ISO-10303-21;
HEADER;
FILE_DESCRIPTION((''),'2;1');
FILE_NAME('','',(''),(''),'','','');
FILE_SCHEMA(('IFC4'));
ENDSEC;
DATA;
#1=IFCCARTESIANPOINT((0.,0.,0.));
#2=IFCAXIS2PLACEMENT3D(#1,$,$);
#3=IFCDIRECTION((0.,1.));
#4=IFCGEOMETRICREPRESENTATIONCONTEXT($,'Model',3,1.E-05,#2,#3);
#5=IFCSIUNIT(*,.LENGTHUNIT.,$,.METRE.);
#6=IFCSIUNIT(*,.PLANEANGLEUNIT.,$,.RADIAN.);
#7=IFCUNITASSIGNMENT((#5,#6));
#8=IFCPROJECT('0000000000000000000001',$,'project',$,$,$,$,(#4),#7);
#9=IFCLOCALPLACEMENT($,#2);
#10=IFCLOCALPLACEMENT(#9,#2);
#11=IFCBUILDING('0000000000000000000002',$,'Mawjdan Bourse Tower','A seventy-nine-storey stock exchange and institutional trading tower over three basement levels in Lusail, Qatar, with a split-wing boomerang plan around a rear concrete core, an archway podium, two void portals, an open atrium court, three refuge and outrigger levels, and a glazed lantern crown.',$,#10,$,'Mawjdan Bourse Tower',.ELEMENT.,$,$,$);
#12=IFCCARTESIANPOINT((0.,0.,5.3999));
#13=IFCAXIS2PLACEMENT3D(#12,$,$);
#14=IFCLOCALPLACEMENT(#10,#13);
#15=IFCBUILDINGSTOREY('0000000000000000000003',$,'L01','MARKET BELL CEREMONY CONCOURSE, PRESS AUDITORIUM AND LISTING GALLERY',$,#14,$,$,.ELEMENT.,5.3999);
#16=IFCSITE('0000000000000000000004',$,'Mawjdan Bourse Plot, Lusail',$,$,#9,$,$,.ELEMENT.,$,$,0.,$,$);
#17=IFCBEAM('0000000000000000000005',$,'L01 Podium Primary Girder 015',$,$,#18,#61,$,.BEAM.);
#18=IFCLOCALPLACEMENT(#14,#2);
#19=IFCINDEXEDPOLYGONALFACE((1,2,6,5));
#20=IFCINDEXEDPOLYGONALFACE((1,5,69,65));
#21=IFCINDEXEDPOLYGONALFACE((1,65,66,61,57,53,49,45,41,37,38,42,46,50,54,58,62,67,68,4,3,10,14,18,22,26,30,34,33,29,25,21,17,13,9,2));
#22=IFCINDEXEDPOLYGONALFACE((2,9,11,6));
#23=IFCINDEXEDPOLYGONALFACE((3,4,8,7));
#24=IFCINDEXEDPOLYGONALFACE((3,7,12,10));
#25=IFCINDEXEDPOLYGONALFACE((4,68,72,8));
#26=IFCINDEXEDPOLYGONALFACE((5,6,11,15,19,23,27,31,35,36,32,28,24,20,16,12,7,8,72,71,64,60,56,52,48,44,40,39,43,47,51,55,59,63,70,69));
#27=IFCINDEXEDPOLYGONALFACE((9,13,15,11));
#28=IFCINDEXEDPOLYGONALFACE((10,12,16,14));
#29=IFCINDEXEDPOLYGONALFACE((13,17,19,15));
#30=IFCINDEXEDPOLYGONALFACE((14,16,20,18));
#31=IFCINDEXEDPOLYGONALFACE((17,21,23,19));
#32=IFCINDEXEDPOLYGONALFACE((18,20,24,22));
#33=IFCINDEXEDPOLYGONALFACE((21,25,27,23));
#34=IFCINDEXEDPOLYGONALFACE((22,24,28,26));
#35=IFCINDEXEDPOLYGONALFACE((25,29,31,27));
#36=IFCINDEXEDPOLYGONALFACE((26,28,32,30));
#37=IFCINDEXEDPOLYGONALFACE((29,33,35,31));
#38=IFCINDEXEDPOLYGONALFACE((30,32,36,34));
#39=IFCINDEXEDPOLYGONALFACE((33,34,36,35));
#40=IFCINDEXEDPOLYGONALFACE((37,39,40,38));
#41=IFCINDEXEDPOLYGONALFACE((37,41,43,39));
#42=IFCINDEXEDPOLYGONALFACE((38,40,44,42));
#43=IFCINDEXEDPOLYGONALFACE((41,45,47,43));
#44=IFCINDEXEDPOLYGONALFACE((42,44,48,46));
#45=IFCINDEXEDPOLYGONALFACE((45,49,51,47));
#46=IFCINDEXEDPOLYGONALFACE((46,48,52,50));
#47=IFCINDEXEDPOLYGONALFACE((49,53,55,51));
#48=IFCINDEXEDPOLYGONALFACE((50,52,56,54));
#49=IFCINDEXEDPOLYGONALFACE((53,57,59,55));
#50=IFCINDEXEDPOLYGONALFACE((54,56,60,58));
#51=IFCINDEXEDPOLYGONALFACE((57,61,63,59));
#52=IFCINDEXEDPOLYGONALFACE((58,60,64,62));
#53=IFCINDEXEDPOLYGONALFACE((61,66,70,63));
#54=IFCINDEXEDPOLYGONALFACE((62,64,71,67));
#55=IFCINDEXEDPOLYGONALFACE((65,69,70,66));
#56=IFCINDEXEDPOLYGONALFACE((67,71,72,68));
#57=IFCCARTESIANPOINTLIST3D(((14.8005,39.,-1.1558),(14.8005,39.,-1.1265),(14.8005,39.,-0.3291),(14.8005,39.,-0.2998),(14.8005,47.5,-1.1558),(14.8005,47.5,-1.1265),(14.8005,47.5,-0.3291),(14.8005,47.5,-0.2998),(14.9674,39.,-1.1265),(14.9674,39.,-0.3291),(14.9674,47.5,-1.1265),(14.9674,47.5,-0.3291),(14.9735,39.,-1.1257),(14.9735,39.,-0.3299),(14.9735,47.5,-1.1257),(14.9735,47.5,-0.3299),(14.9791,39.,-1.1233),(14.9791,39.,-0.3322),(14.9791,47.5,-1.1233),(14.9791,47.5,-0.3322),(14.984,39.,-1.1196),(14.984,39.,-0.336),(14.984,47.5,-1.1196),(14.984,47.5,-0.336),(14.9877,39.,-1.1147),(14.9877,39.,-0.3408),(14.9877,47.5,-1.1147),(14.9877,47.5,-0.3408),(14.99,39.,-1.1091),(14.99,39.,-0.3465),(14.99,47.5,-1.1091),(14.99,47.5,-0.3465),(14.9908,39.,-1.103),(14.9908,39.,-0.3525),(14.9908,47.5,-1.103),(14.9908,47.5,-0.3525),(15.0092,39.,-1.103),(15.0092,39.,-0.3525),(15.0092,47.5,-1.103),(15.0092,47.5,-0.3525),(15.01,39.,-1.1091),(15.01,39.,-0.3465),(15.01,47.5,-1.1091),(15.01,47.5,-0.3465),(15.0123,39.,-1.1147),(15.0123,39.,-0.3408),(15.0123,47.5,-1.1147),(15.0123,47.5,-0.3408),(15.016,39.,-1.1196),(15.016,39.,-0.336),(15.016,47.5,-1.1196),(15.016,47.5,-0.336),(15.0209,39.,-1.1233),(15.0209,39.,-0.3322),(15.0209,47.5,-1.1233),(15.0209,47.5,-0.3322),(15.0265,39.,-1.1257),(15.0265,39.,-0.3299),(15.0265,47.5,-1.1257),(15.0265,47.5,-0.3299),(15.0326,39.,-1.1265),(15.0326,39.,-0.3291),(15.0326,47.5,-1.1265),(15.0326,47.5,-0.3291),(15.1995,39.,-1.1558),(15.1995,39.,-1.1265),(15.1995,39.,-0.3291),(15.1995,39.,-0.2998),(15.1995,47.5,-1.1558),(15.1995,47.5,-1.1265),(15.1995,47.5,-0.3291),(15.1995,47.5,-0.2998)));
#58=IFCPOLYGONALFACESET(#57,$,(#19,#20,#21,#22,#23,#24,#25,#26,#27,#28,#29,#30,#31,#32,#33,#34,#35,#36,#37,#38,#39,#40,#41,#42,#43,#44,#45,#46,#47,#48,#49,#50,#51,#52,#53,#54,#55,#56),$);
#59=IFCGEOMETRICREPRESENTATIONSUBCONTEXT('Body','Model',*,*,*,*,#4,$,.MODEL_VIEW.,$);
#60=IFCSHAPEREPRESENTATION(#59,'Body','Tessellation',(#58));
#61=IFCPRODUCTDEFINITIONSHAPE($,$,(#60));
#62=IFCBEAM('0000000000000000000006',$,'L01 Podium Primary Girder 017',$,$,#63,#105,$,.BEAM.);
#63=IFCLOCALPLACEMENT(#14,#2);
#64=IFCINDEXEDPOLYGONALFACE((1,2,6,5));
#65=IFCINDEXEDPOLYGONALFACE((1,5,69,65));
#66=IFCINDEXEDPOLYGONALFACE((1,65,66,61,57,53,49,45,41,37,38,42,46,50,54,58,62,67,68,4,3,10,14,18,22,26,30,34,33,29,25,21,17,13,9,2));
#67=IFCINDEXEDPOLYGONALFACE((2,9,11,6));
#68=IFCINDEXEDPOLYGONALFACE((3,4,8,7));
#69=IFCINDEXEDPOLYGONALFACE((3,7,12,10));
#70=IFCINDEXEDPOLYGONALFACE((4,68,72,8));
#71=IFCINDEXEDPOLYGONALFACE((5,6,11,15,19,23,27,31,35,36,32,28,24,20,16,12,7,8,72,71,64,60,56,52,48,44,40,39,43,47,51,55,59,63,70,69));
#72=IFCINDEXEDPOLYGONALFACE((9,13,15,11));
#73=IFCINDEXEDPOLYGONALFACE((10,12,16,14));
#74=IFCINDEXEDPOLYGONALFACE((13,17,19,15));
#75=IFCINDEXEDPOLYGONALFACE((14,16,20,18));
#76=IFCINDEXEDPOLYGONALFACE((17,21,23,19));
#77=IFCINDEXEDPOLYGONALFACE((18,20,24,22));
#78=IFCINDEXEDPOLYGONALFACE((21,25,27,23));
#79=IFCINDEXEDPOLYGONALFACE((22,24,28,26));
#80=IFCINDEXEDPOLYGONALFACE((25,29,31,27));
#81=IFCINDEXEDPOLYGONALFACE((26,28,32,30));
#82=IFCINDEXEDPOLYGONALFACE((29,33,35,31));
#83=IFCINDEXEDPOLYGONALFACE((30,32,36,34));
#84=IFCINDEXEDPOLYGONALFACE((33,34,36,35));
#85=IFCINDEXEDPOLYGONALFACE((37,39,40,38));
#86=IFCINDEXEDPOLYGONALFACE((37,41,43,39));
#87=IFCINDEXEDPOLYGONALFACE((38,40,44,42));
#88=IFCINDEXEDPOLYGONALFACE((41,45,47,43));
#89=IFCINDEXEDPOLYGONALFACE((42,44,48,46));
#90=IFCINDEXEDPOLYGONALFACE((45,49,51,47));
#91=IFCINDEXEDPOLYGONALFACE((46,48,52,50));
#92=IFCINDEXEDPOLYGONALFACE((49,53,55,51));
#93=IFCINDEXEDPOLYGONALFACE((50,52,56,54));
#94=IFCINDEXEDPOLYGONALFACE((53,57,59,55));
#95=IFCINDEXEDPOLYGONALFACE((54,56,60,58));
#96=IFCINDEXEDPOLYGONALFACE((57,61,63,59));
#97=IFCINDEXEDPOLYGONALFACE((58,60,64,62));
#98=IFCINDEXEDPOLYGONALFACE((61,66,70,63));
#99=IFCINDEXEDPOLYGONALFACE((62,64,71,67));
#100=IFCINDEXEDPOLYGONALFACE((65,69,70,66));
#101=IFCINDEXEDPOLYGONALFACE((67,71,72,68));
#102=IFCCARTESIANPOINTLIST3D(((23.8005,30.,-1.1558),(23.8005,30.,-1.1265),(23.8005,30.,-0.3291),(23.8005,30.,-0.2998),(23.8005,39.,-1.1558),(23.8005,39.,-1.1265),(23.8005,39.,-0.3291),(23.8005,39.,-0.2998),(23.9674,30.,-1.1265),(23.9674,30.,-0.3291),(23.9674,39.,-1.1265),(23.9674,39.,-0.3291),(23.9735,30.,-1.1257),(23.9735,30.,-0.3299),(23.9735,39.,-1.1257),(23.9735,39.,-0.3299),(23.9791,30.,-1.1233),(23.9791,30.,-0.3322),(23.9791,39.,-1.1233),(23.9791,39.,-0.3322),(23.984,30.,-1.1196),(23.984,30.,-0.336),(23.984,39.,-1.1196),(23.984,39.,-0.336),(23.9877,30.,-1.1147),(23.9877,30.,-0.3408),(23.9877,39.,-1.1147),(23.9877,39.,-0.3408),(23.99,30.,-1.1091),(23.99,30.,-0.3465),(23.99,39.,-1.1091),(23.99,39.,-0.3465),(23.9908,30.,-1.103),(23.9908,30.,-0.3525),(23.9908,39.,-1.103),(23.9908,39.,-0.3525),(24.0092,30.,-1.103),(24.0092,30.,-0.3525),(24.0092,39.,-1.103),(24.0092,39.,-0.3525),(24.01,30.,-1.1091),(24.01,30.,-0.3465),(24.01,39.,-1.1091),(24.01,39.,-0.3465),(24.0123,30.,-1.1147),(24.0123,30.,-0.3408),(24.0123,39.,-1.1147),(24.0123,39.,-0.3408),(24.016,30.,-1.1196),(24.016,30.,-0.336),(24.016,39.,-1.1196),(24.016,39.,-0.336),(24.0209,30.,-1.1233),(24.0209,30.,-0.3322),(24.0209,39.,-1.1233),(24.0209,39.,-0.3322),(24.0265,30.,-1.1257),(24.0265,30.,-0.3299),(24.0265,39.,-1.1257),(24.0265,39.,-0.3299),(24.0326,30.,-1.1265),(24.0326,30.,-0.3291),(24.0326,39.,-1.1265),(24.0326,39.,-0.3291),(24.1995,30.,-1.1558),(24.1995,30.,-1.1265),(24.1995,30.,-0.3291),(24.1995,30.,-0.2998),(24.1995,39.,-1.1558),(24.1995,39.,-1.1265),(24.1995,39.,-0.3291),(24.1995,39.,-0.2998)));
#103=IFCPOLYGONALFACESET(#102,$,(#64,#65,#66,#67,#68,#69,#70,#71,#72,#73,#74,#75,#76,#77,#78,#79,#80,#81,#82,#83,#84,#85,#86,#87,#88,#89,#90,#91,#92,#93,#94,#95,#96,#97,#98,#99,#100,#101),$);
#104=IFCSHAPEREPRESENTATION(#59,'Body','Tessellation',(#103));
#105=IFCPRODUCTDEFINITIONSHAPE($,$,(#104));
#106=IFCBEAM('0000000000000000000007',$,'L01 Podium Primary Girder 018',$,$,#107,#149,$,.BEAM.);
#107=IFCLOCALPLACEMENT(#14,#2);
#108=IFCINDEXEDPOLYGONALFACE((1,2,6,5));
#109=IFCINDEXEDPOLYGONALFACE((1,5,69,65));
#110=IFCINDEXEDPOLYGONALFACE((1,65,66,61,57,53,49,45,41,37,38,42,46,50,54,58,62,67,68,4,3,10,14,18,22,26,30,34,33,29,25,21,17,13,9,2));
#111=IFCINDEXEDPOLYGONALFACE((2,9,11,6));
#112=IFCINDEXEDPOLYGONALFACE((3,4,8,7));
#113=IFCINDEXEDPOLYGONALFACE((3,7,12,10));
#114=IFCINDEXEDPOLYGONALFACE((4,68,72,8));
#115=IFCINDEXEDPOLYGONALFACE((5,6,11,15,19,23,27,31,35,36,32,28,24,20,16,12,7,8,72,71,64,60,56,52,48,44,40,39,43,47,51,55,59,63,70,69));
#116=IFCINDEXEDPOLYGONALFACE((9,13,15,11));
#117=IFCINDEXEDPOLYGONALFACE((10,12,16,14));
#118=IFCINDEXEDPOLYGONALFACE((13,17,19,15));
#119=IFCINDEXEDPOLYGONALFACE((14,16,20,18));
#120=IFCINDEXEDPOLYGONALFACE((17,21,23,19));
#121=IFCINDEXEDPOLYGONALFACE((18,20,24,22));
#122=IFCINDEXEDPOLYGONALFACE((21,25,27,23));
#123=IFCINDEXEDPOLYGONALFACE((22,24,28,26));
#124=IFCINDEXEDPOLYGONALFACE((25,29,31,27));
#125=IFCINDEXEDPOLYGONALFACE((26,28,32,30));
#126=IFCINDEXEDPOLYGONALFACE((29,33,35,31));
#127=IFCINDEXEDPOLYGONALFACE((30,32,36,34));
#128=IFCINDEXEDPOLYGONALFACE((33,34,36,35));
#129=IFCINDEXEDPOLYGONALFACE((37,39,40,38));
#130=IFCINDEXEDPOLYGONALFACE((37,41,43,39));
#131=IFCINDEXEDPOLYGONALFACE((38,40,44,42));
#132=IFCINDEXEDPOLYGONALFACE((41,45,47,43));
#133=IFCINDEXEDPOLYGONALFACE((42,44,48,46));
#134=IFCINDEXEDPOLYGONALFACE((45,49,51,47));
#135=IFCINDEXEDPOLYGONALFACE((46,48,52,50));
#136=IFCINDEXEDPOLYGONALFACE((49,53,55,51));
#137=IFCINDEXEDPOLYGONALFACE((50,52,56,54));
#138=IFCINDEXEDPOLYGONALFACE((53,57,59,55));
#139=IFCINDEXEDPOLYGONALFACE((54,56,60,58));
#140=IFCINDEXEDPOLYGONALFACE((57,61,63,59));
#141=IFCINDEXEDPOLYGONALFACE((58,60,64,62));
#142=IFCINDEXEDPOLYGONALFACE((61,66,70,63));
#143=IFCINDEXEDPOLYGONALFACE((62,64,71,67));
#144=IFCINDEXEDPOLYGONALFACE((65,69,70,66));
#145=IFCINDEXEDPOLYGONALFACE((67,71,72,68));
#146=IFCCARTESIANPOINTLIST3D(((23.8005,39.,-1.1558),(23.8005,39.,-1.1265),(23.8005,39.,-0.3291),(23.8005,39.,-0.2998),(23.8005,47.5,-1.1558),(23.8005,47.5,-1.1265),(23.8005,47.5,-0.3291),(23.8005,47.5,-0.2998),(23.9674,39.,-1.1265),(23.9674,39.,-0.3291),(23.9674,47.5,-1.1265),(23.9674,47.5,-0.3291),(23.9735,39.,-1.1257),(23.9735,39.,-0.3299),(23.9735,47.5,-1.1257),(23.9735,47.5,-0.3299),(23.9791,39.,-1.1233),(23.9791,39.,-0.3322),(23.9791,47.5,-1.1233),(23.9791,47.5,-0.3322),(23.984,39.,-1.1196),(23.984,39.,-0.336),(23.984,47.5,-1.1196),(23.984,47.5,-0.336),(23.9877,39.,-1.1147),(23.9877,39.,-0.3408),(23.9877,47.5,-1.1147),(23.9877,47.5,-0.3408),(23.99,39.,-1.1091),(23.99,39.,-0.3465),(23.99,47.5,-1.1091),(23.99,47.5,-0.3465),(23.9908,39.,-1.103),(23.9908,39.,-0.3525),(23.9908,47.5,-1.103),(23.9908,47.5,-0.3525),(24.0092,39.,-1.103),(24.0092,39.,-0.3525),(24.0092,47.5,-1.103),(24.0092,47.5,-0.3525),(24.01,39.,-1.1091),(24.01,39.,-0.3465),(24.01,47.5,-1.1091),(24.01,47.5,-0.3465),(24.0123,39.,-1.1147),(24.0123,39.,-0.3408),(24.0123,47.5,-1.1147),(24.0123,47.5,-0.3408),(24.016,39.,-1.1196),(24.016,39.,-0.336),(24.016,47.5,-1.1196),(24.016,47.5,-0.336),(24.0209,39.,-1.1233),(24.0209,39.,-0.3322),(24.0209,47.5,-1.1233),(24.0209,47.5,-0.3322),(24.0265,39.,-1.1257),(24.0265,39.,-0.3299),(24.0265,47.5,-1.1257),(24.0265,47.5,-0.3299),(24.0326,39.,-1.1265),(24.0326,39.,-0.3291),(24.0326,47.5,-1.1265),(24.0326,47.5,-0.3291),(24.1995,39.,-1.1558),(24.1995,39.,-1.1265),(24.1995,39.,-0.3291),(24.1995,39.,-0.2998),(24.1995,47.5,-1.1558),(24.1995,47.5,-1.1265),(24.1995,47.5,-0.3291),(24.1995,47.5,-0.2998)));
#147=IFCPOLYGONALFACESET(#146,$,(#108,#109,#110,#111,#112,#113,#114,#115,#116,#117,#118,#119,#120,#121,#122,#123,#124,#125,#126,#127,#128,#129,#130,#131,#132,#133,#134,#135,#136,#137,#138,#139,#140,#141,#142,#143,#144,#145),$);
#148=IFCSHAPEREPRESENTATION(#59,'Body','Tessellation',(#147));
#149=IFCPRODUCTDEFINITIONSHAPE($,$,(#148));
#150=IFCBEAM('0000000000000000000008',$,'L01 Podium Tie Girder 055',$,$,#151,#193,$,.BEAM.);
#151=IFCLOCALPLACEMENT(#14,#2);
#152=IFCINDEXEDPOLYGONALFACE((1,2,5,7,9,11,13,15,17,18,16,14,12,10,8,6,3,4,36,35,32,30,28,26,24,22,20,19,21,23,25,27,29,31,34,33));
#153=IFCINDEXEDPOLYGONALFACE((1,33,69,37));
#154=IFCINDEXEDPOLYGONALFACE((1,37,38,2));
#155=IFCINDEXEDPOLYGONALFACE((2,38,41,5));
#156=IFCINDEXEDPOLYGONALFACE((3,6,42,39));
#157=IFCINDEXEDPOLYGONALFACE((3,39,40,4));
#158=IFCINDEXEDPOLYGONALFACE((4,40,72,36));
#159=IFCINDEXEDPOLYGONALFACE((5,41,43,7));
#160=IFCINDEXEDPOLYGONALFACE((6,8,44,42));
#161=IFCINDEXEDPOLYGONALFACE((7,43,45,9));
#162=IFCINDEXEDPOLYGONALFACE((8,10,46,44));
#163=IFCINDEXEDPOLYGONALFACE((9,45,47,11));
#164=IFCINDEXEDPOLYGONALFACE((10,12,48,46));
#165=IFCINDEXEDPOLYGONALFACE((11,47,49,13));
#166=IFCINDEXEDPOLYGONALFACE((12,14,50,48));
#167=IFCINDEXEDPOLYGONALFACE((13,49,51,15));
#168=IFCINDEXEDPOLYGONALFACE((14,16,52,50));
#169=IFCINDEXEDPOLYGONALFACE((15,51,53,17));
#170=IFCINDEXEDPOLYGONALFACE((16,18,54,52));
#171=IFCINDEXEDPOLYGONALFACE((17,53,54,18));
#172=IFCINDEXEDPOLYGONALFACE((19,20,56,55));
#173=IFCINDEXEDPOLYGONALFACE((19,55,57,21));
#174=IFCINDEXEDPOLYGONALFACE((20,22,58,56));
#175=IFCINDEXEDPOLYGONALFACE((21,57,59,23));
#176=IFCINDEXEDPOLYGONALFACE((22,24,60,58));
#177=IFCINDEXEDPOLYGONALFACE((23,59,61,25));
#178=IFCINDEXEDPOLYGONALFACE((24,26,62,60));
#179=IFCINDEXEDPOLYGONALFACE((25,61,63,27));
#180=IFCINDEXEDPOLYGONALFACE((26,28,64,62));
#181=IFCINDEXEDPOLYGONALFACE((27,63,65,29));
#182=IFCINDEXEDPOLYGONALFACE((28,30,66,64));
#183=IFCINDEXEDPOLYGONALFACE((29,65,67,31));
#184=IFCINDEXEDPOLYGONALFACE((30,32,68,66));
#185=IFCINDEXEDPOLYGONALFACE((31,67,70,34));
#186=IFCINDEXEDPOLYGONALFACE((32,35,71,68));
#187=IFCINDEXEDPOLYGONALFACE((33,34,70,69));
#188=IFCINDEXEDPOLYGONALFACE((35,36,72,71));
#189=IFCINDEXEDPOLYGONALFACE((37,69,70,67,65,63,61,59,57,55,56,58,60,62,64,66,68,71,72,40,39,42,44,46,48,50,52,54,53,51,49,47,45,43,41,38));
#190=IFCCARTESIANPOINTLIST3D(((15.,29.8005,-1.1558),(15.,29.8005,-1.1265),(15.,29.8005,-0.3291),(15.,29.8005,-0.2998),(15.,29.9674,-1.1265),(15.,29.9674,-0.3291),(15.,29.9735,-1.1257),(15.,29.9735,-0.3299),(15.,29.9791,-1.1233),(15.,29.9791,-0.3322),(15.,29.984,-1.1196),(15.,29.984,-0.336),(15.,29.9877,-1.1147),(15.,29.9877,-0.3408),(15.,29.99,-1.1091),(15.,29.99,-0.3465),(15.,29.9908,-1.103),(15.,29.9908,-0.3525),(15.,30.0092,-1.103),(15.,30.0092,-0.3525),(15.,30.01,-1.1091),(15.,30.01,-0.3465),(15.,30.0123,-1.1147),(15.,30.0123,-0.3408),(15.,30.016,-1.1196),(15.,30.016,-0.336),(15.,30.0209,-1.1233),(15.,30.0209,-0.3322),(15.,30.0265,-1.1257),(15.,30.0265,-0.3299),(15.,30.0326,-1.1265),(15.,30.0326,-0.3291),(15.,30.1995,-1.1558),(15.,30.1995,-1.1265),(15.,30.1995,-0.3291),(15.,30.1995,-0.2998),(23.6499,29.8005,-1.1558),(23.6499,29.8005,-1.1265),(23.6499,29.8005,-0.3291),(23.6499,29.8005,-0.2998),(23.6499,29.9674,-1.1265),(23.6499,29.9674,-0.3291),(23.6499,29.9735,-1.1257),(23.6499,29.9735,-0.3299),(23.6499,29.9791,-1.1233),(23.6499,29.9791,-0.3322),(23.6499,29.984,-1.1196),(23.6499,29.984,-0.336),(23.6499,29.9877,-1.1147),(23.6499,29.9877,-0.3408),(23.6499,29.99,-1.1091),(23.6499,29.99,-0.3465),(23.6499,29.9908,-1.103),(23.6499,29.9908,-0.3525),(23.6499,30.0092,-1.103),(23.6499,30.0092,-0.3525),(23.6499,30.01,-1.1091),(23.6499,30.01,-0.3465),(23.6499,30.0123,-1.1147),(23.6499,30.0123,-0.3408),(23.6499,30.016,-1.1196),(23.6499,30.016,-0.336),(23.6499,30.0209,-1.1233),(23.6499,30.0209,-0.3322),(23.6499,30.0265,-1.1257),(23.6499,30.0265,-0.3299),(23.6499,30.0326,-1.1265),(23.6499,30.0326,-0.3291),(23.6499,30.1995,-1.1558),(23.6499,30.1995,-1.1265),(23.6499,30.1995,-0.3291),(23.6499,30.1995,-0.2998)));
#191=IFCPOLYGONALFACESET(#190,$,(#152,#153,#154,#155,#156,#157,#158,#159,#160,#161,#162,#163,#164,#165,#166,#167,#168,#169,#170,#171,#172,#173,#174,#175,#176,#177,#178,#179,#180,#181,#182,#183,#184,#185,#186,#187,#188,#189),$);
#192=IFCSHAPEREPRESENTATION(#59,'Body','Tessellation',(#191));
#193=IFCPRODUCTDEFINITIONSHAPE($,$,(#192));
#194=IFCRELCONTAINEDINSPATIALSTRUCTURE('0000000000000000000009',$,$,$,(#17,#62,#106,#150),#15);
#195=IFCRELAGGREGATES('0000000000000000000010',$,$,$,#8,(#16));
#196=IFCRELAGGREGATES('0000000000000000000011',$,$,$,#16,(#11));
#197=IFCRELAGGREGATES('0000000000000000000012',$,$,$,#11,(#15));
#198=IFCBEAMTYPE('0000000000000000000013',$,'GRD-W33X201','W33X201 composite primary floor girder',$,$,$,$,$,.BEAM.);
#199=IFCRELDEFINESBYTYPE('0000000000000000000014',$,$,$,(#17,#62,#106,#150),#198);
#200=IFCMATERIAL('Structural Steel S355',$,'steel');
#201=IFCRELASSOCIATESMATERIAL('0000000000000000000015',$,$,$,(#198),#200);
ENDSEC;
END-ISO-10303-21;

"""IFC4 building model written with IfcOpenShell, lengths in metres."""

from ifc_helpers import new_model, si_unit, direction, frame, origin, origin_2d, place, context, subcontext, project, spatial, i_section, extrude, material, material_profile, profile_set, type_object, element, save


model = new_model("IFC4")

# Units and contexts
model_context = context("Model", 3, precision=1e-05, world=origin(), true_north=direction((0.0, 1.0)))
body_context = subcontext(model_context, "Body", "Model", "MODEL_VIEW")
ifc_project = project(units=[si_unit("LENGTHUNIT", "METRE"), si_unit("PLANEANGLEUNIT", "RADIAN")], contexts=[model_context])

# Site, building, storey
site_placement = place(None, origin())
site = spatial("IfcSite", under=ifc_project, at=site_placement, Name="Mawjdan Bourse Plot, Lusail", CompositionType="ELEMENT", RefElevation=0.0)
building_placement = place(site_placement, origin())
building = spatial("IfcBuilding", under=site, at=building_placement, Name="Mawjdan Bourse Tower", Description="A seventy-nine-storey stock exchange and institutional trading tower over three basement levels in Lusail, Qatar, with a split-wing boomerang plan around a rear concrete core, an archway podium, two void portals, an open atrium court, three refuge and outrigger levels, and a glazed lantern crown.", LongName="Mawjdan Bourse Tower", CompositionType="ELEMENT")
storey_placement = place(building_placement, frame((0.0, 0.0, 5.3999)))
storey = spatial("IfcBuildingStorey", under=building, at=storey_placement, Name="L01", Description="MARKET BELL CEREMONY CONCOURSE, PRESS AUDITORIUM AND LISTING GALLERY", CompositionType="ELEMENT", Elevation=5.3999)

# Beams
ifc_material_1 = material(Name="Structural Steel S355", Category="steel")
ifc_material_profile_1 = material_profile(ifc_material_1, i_section(OverallWidth=0.3989, OverallDepth=0.856, WebThickness=0.0183, FlangeThickness=0.0293, FilletRadius=0.0234, at=origin_2d()), Name="W33X201")
ifc_profile_set_1 = profile_set([ifc_material_profile_1], Name="Structural Steel S355")
beam_type_1 = type_object("IfcBeamType", Name="GRD-W33X201", Description="W33X201 composite primary floor girder", PredefinedType="BEAM", material=ifc_profile_set_1)
beam_1_placement = place(storey_placement, frame((15.0, 39.0, -0.7278), z_axis=(0.0, 1.0, 0.0), x_axis=(-1.0, 0.0, 0.0)))
element("IfcBeam", 1, at=beam_1_placement, inside=storey, type_object=beam_type_1, Name="L01 Podium Primary Girder 015", PredefinedType="BEAM", context=body_context, shape_type="SweptSolid", body=[
    extrude(i_section(OverallWidth=0.3989, OverallDepth=0.856, WebThickness=0.0183, FlangeThickness=0.0293, FilletRadius=0.0234, at=origin_2d()), origin(), (0.0, 0.0, 1.0), 8.5),
])
beam_2_placement = place(storey_placement, frame((24.0, 30.0, -0.7278), z_axis=(0.0, 1.0, 0.0), x_axis=(-1.0, 0.0, 0.0)))
element("IfcBeam", 2, at=beam_2_placement, inside=storey, type_object=beam_type_1, Name="L01 Podium Primary Girder 017", PredefinedType="BEAM", context=body_context, shape_type="SweptSolid", body=[
    extrude(i_section(OverallWidth=0.3989, OverallDepth=0.856, WebThickness=0.0183, FlangeThickness=0.0293, FilletRadius=0.0234, at=origin_2d()), origin(), (0.0, 0.0, 1.0), 9.0),
])
beam_3_placement = place(storey_placement, frame((24.0, 39.0, -0.7278), z_axis=(0.0, 1.0, 0.0), x_axis=(-1.0, 0.0, 0.0)))
element("IfcBeam", 3, at=beam_3_placement, inside=storey, type_object=beam_type_1, Name="L01 Podium Primary Girder 018", PredefinedType="BEAM", context=body_context, shape_type="SweptSolid", body=[
    extrude(i_section(OverallWidth=0.3989, OverallDepth=0.856, WebThickness=0.0183, FlangeThickness=0.0293, FilletRadius=0.0234, at=origin_2d()), origin(), (0.0, 0.0, 1.0), 8.5),
])
beam_4_placement = place(storey_placement, frame((15.0, 30.0, -0.7278), z_axis=(1.0, 0.0, 0.0), x_axis=(0.0, 1.0, 0.0)))
element("IfcBeam", 4, at=beam_4_placement, inside=storey, type_object=beam_type_1, Name="L01 Podium Tie Girder 055", PredefinedType="BEAM", context=body_context, shape_type="SweptSolid", body=[
    extrude(i_section(OverallWidth=0.3989, OverallDepth=0.856, WebThickness=0.0183, FlangeThickness=0.0293, FilletRadius=0.0234, at=origin_2d()), origin(), (0.0, 0.0, 1.0), 8.6499),
])

save(model, "model.ifc")
